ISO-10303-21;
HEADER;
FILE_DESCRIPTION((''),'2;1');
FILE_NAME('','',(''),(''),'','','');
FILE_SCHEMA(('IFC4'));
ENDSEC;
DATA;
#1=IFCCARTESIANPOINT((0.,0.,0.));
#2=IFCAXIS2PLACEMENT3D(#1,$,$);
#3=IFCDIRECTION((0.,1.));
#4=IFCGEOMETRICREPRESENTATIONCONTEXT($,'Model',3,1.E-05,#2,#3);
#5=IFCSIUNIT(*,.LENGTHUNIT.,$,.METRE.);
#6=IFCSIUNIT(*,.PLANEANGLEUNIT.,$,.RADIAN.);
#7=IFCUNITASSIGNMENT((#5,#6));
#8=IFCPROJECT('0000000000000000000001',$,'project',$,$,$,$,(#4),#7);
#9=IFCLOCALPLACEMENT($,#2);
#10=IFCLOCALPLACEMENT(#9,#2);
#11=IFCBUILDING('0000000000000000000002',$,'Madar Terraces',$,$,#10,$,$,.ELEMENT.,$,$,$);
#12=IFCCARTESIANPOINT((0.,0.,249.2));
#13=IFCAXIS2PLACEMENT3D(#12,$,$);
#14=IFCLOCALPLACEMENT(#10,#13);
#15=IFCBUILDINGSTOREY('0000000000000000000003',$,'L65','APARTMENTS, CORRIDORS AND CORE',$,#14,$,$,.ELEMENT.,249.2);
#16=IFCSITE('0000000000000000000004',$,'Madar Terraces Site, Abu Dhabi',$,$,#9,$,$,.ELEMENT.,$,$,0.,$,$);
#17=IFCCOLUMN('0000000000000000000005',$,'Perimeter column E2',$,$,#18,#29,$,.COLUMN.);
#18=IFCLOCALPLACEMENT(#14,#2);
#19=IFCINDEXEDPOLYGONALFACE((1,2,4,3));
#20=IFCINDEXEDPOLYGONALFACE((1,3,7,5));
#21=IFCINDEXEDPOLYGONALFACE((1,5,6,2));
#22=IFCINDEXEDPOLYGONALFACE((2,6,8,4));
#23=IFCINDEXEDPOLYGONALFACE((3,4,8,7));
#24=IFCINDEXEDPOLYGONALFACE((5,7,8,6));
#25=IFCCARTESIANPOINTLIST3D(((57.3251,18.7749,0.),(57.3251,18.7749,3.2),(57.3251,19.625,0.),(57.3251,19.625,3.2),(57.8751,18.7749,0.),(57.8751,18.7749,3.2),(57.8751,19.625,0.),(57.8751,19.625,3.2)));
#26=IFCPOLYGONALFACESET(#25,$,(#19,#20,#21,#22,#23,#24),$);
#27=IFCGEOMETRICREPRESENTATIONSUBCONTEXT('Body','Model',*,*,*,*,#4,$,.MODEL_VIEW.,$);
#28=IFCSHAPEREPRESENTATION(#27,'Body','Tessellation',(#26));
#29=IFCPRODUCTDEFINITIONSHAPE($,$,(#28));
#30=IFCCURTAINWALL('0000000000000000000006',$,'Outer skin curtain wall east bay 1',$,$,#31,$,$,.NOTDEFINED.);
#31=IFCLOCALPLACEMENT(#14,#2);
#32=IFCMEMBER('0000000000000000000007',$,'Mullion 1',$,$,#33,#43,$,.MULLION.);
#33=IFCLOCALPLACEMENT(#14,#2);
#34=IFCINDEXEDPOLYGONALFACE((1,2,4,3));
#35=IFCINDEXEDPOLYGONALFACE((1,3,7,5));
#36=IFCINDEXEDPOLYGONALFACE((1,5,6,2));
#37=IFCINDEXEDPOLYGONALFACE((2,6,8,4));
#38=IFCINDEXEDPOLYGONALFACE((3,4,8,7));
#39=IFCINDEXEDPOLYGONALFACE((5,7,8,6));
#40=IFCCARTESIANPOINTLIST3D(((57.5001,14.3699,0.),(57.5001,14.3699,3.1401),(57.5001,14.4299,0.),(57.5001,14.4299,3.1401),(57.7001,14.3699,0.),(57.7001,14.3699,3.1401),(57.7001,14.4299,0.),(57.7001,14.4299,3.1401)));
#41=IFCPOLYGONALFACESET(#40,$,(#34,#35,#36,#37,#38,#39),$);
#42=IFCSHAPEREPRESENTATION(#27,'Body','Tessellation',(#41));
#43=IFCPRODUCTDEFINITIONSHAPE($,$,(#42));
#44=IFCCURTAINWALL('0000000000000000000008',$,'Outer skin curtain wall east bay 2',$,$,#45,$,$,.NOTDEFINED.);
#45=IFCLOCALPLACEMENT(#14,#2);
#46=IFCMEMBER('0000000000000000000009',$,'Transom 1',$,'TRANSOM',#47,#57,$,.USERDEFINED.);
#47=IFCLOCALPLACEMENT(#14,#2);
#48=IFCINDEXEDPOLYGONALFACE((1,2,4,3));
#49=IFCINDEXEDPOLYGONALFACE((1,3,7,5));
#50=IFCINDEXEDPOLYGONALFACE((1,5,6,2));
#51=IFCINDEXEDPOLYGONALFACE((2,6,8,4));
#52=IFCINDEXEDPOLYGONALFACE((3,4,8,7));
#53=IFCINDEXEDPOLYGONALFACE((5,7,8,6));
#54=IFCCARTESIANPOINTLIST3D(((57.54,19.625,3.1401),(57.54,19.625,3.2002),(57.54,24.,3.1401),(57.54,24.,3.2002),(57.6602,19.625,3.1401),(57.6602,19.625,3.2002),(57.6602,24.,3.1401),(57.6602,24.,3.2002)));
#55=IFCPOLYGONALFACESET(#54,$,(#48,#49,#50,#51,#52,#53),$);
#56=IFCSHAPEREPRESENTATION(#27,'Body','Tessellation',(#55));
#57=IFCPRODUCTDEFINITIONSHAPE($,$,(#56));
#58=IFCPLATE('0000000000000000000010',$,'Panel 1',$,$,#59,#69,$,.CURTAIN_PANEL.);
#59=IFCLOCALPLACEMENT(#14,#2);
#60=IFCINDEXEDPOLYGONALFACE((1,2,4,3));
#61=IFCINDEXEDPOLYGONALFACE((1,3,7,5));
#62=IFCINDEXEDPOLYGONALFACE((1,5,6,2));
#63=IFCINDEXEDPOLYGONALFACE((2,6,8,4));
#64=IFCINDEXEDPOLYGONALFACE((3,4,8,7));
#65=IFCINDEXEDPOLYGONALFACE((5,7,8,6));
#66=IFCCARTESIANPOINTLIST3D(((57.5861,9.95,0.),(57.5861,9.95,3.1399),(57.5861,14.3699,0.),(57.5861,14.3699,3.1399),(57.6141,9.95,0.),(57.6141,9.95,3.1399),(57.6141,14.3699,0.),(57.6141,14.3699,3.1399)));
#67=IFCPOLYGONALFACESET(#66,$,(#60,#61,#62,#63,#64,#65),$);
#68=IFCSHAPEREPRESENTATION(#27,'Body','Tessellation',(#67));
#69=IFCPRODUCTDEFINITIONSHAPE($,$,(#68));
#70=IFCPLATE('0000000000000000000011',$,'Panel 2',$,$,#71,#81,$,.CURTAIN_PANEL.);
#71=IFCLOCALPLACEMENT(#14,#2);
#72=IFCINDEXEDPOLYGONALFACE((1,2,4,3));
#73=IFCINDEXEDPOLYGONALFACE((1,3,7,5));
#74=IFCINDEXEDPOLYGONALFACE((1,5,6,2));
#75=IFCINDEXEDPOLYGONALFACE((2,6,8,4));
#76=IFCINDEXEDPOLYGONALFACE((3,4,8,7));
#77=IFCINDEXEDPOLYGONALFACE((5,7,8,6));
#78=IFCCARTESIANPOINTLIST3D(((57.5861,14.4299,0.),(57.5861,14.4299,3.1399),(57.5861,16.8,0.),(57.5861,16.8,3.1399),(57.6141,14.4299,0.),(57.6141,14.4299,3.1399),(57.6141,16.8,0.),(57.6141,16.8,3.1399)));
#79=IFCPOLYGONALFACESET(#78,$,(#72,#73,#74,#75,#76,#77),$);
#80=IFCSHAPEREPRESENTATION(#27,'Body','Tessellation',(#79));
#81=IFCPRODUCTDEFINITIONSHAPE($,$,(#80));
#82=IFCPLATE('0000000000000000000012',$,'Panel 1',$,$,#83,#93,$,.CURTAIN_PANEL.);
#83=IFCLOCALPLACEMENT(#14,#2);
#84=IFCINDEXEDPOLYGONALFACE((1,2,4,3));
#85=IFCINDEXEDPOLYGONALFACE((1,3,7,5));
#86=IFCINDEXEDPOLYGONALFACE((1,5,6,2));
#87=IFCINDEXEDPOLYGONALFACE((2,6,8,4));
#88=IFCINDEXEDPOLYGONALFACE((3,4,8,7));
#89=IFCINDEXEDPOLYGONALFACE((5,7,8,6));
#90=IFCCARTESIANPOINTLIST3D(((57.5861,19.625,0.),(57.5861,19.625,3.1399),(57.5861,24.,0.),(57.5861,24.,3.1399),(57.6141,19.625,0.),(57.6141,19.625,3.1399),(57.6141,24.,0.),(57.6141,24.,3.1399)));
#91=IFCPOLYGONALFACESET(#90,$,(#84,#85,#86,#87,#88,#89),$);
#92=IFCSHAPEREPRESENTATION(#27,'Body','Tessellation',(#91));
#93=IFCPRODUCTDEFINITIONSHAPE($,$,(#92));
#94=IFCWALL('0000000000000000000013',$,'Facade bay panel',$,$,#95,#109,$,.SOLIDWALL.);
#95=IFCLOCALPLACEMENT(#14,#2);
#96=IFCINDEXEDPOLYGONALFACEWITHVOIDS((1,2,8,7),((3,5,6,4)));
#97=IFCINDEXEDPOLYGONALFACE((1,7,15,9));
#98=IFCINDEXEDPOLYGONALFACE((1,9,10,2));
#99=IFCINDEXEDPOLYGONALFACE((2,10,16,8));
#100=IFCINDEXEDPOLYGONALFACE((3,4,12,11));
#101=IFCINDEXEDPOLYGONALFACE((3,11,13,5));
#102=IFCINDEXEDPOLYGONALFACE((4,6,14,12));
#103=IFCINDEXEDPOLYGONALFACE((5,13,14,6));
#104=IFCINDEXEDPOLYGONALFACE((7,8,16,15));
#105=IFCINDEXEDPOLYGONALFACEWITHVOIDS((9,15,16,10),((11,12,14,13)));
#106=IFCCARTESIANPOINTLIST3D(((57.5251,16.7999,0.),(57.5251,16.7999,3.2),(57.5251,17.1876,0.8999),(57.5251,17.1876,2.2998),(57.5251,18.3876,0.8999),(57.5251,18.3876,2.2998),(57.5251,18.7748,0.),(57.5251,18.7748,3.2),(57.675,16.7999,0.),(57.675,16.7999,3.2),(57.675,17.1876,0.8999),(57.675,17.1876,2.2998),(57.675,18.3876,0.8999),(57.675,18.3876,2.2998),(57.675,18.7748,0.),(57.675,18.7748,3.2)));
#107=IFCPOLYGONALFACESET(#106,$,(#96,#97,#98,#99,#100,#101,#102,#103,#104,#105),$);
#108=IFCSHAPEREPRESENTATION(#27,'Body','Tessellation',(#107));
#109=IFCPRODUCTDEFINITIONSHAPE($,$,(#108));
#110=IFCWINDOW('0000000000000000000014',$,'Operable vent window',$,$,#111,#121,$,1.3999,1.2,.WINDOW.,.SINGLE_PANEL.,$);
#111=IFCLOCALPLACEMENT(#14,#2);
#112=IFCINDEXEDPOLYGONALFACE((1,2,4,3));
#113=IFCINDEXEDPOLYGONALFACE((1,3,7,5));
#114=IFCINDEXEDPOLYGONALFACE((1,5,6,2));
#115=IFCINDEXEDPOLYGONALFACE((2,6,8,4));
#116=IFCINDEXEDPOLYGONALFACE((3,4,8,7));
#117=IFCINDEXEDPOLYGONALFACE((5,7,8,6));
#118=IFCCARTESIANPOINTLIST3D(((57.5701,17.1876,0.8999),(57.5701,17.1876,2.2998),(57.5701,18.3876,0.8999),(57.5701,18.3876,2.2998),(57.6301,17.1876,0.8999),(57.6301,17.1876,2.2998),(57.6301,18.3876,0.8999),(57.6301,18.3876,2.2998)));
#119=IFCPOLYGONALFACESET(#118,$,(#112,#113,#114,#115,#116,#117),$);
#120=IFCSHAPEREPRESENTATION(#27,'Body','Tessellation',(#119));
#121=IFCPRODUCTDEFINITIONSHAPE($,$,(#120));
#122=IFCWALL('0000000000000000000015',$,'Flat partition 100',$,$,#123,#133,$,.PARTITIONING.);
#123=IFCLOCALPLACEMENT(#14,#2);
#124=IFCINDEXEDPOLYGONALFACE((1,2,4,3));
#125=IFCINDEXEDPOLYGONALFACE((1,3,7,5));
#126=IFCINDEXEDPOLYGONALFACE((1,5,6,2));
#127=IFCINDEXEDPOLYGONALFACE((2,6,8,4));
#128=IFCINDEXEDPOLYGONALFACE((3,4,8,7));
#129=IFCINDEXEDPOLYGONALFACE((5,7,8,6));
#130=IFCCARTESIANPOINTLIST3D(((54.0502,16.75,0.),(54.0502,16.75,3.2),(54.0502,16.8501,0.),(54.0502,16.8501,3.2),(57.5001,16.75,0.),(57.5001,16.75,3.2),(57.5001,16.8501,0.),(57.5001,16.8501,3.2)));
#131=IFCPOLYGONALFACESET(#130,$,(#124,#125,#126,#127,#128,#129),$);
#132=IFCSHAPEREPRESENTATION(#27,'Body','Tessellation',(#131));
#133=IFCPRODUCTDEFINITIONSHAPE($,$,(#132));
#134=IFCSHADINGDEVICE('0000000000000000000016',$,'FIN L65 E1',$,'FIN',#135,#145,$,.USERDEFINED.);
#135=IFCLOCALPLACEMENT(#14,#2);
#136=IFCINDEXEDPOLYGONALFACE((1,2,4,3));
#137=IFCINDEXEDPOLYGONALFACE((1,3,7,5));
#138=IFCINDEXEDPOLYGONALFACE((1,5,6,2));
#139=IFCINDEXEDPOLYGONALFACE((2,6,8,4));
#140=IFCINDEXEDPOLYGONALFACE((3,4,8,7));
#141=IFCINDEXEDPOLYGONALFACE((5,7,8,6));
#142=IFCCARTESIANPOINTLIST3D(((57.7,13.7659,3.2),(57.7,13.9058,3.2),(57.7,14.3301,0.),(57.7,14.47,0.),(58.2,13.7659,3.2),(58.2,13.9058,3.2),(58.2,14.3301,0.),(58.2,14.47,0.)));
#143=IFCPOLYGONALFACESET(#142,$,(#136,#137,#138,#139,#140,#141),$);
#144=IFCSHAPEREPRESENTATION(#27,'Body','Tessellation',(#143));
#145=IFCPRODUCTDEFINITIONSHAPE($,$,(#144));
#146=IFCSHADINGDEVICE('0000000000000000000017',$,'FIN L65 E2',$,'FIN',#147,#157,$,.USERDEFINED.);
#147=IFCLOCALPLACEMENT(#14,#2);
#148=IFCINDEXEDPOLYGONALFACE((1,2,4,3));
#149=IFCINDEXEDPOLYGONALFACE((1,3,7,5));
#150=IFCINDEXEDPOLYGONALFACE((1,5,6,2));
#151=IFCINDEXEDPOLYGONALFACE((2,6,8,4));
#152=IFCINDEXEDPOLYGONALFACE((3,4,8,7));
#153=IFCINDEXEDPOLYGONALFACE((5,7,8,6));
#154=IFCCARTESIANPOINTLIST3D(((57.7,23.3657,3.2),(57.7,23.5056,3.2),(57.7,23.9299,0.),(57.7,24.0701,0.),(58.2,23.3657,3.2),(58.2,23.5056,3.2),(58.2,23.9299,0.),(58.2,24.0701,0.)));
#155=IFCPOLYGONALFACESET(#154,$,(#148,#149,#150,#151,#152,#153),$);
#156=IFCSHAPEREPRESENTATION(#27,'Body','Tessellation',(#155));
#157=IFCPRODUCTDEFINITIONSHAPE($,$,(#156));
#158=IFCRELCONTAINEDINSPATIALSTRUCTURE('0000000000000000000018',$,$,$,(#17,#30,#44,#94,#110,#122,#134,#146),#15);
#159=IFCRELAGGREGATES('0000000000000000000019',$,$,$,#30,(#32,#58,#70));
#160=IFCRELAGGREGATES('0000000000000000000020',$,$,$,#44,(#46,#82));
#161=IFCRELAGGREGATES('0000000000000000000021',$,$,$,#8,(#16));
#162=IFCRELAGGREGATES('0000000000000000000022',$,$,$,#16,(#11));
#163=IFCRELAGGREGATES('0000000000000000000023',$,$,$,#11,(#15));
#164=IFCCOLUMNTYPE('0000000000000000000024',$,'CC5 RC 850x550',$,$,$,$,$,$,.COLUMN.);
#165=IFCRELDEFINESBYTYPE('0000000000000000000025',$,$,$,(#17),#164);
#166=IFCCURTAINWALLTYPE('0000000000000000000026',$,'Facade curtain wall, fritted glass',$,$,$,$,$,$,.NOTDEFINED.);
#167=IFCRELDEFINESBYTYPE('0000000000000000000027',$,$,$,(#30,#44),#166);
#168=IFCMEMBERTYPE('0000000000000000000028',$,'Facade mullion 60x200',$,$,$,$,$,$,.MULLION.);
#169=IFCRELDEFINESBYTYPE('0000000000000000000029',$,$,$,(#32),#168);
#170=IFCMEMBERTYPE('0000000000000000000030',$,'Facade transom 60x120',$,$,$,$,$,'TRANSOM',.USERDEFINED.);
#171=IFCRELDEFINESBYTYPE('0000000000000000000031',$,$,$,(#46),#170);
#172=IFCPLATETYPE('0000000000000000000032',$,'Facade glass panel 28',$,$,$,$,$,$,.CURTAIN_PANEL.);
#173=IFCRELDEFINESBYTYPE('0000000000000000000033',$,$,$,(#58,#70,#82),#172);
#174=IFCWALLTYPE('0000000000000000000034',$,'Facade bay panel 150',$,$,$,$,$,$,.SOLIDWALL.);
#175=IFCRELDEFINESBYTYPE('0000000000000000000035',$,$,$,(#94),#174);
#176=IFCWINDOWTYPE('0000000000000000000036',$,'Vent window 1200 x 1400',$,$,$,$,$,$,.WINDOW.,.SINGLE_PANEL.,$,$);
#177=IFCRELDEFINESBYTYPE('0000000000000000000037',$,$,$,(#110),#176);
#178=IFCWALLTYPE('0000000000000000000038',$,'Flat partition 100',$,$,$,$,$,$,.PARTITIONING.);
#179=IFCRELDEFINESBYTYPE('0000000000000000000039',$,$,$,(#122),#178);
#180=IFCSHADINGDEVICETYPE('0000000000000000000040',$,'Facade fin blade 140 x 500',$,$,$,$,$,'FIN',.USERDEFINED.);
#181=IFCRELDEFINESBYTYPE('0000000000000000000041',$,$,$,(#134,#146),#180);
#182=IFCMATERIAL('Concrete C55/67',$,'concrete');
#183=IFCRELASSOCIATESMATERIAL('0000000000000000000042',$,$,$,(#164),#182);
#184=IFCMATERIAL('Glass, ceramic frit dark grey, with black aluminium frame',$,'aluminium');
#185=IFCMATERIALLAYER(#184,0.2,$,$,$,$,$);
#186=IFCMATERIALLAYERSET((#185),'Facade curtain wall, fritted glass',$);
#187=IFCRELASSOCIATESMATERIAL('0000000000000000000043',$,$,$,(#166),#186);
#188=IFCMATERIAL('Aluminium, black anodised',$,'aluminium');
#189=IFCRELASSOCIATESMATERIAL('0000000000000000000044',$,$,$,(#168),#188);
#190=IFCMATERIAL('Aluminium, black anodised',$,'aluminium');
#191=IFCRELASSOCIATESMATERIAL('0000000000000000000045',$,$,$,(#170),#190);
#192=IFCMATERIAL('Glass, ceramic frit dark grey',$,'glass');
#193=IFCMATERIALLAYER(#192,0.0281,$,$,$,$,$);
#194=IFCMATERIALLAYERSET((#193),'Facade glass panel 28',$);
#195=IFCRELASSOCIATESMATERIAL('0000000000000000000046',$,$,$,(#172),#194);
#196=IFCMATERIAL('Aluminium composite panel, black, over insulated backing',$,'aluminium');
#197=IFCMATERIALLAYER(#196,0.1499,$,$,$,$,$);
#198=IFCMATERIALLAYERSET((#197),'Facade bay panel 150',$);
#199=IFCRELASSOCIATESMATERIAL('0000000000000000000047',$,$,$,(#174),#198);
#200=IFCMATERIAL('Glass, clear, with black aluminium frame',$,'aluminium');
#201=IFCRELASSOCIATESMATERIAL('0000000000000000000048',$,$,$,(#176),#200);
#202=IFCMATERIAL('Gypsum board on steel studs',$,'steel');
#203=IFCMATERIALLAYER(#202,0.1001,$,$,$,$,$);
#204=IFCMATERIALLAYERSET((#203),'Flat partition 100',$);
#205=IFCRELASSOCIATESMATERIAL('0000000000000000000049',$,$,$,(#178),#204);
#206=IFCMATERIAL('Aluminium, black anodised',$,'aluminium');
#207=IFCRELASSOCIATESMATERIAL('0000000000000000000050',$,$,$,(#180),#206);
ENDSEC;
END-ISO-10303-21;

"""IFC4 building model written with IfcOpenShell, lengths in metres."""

from ifc_helpers import new_model, si_unit, direction, frame, frame_2d, origin, origin_2d, place, context, subcontext, project, spatial, polyline, rectangle, outline, extrude, material, layer, layer_set, material_profile, profile_set, type_object, element, fill, aggregate, save


model = new_model("IFC4")

# Units and contexts
model_context = context("Model", 3, precision=1e-05, world=origin(), true_north=direction((0.0, 1.0)))
body_context = subcontext(model_context, "Body", "Model", "MODEL_VIEW")
ifc_project = project(units=[si_unit("LENGTHUNIT", "METRE"), si_unit("PLANEANGLEUNIT", "RADIAN")], contexts=[model_context])

# Site, building, storey
site_placement = place(None, origin())
site = spatial("IfcSite", under=ifc_project, at=site_placement, Name="Madar Terraces Site, Abu Dhabi", CompositionType="ELEMENT", RefElevation=0.0)
building_placement = place(site_placement, origin())
building = spatial("IfcBuilding", under=site, at=building_placement, Name="Madar Terraces", CompositionType="ELEMENT")
storey_placement = place(building_placement, frame((0.0, 0.0, 249.2)))
storey = spatial("IfcBuildingStorey", under=building, at=storey_placement, Name="L65", Description="APARTMENTS, CORRIDORS AND CORE", CompositionType="ELEMENT", Elevation=249.2)

# Column
ifc_material_1 = material(Name="Concrete C55/67", Category="concrete")
ifc_material_profile_1 = material_profile(ifc_material_1, rectangle(XDim=0.8501, YDim=0.55, at=origin_2d()), Name="CC5 RC 850x550")
ifc_profile_set_1 = profile_set([ifc_material_profile_1], Name="Concrete C55/67")
column_type = type_object("IfcColumnType", Name="CC5 RC 850x550", PredefinedType="COLUMN", material=ifc_profile_set_1)
column_placement = place(storey_placement, frame((57.6001, 19.2, 0.0), z_axis=(0.0, 0.0, 1.0), x_axis=(0.0, 1.0, 0.0)))
element("IfcColumn", 1, at=column_placement, inside=storey, type_object=column_type, Name="Perimeter column E2", PredefinedType="COLUMN", context=body_context, shape_type="SweptSolid", body=[
    extrude(rectangle(XDim=0.8501, YDim=0.55, at=origin_2d()), origin(), (0.0, 0.0, 1.0), 3.2),
])

# Curtain walls, members
ifc_material_2 = material(Name="Glass, ceramic frit dark grey, with black aluminium frame", Category="aluminium")
ifc_layer_1 = layer(ifc_material_2, 0.2)
ifc_layer_set_1 = layer_set([ifc_layer_1], Name="Facade curtain wall, fritted glass")
curtain_wall_type = type_object("IfcCurtainWallType", Name="Facade curtain wall, fritted glass", PredefinedType="NOTDEFINED", material=ifc_layer_set_1)
curtain_wall_1_placement = place(storey_placement, origin())
curtain_wall_1 = element("IfcCurtainWall", 2, at=curtain_wall_1_placement, inside=storey, type_object=curtain_wall_type, Name="Outer skin curtain wall east bay 1", PredefinedType="NOTDEFINED")
ifc_material_3 = material(Name="Aluminium, black anodised", Category="aluminium")
ifc_material_profile_2 = material_profile(ifc_material_3, rectangle(XDim=0.2, YDim=0.0601, at=origin_2d()), Name="Facade mullion 60x200")
ifc_profile_set_2 = profile_set([ifc_material_profile_2], Name="Aluminium, black anodised")
member_type_1 = type_object("IfcMemberType", Name="Facade mullion 60x200", PredefinedType="MULLION", material=ifc_profile_set_2)
member_1_placement = place(storey_placement, frame((57.6001, 14.3999, 0.0), z_axis=(0.0, 0.0, 1.0), x_axis=(-1.0, 0.0, 0.0)))
member_1 = element("IfcMember", 3, at=member_1_placement, type_object=member_type_1, Name="Mullion 1", PredefinedType="MULLION", context=body_context, shape_type="SweptSolid", body=[
    extrude(rectangle(XDim=0.2, YDim=0.0601, at=origin_2d()), origin(), (0.0, 0.0, 1.0), 3.1401),
])
curtain_wall_2_placement = place(storey_placement, origin())
curtain_wall_2 = element("IfcCurtainWall", 4, at=curtain_wall_2_placement, inside=storey, type_object=curtain_wall_type, Name="Outer skin curtain wall east bay 2", PredefinedType="NOTDEFINED")
ifc_material_4 = material(Name="Aluminium, black anodised", Category="aluminium")
ifc_material_profile_3 = material_profile(ifc_material_4, rectangle(XDim=0.1201, YDim=0.0601, at=origin_2d()), Name="Facade transom 60x120")
ifc_profile_set_3 = profile_set([ifc_material_profile_3], Name="Aluminium, black anodised")
member_type_2 = type_object("IfcMemberType", Name="Facade transom 60x120", ElementType="TRANSOM", PredefinedType="USERDEFINED", material=ifc_profile_set_3)
member_2_placement = place(storey_placement, frame((57.6001, 19.625, 3.1702), z_axis=(0.0, 1.0, 0.0), x_axis=(-1.0, 0.0, 0.0)))
member_2 = element("IfcMember", 5, at=member_2_placement, type_object=member_type_2, Name="Transom 1", ObjectType="TRANSOM", PredefinedType="USERDEFINED", context=body_context, shape_type="SweptSolid", body=[
    extrude(rectangle(XDim=0.1201, YDim=0.0601, at=origin_2d()), origin(), (0.0, 0.0, 1.0), 4.375),
])

# Plates
ifc_material_5 = material(Name="Glass, ceramic frit dark grey", Category="glass")
ifc_layer_2 = layer(ifc_material_5, 0.0281)
ifc_layer_set_2 = layer_set([ifc_layer_2], Name="Facade glass panel 28")
plate_type = type_object("IfcPlateType", Name="Facade glass panel 28", PredefinedType="CURTAIN_PANEL", material=ifc_layer_set_2)
plate_1_placement = place(storey_placement, frame((57.6001, 12.1599, 0.0), z_axis=(0.0, 0.0, 1.0), x_axis=(0.0, 1.0, 0.0)))
plate_1 = element("IfcPlate", 6, at=plate_1_placement, type_object=plate_type, Name="Panel 1", PredefinedType="CURTAIN_PANEL", context=body_context, shape_type="SweptSolid", body=[
    extrude(rectangle(XDim=4.4199, YDim=0.0281, at=origin_2d()), origin(), (0.0, 0.0, 1.0), 3.1399),
])
plate_2_placement = place(storey_placement, frame((57.6001, 15.615, 0.0), z_axis=(0.0, 0.0, 1.0), x_axis=(0.0, 1.0, 0.0)))
plate_2 = element("IfcPlate", 7, at=plate_2_placement, type_object=plate_type, Name="Panel 2", PredefinedType="CURTAIN_PANEL", context=body_context, shape_type="SweptSolid", body=[
    extrude(rectangle(XDim=2.3701, YDim=0.0281, at=origin_2d()), origin(), (0.0, 0.0, 1.0), 3.1399),
])
aggregate(curtain_wall_1, [member_1, plate_1, plate_2])
plate_3_placement = place(storey_placement, frame((57.6001, 21.8125, 0.0), z_axis=(0.0, 0.0, 1.0), x_axis=(0.0, 1.0, 0.0)))
plate_3 = element("IfcPlate", 8, at=plate_3_placement, type_object=plate_type, Name="Panel 1", PredefinedType="CURTAIN_PANEL", context=body_context, shape_type="SweptSolid", body=[
    extrude(rectangle(XDim=4.375, YDim=0.0281, at=origin_2d()), origin(), (0.0, 0.0, 1.0), 3.1399),
])
aggregate(curtain_wall_2, [member_2, plate_3])

# Wall, opening, window
ifc_material_6 = material(Name="Aluminium composite panel, black, over insulated backing", Category="aluminium")
ifc_layer_3 = layer(ifc_material_6, 0.1499)
ifc_layer_set_3 = layer_set([ifc_layer_3], Name="Facade bay panel 150")
wall_type_1 = type_object("IfcWallType", Name="Facade bay panel 150", PredefinedType="SOLIDWALL", material=ifc_layer_set_3)
wall_1_placement = place(storey_placement, frame((57.6001, 16.8, 0.0), z_axis=(0.0, 0.0, 1.0), x_axis=(0.0, 1.0, 0.0)))
wall_1 = element("IfcWall", 9, at=wall_1_placement, inside=storey, type_object=wall_type_1, Name="Facade bay panel", PredefinedType="SOLIDWALL", context=body_context, shape_type="SweptSolid", body=[
    extrude(rectangle(XDim=1.9749, YDim=0.1499, at=frame_2d((0.9873, 0.0))), origin(), (0.0, 0.0, 1.0), 3.2),
])
opening_1_placement = place(wall_1_placement, frame((0.3875, 0.0, 0.8999)))
opening_1 = element("IfcOpeningElement", 10, at=opening_1_placement, cuts=wall_1, PredefinedType="OPENING", context=body_context, shape_type="SweptSolid", body=[
    extrude(rectangle(XDim=1.2, YDim=1.3999, at=frame_2d((0.6001, 0.7))), frame((0.0, 0.085, 0.0), z_axis=(0.0, -1.0, 0.0), x_axis=(1.0, 0.0, 0.0)), (0.0, 0.0, 1.0), 0.1699),
])
ifc_material_7 = material(Name="Glass, clear, with black aluminium frame", Category="aluminium")
window_type = type_object("IfcWindowType", Name="Vent window 1200 x 1400", PartitioningType="SINGLE_PANEL", PredefinedType="WINDOW", material=ifc_material_7)
window_1_placement = place(opening_1_placement, origin())
window_1 = element("IfcWindow", 11, at=window_1_placement, inside=storey, type_object=window_type, Name="Operable vent window", OverallHeight=1.3999, OverallWidth=1.2, PartitioningType="SINGLE_PANEL", PredefinedType="WINDOW", context=body_context, shape_type="SweptSolid", body=[
    extrude(rectangle(XDim=1.2, YDim=1.3999, at=frame_2d((0.6001, 0.7))), frame((0.0, 0.03, 0.0), z_axis=(0.0, -1.0, 0.0), x_axis=(1.0, 0.0, 0.0)), (0.0, 0.0, 1.0), 0.0601),
])
fill(opening_1, window_1)

# Wall
ifc_material_8 = material(Name="Gypsum board on steel studs", Category="steel")
ifc_layer_4 = layer(ifc_material_8, 0.1001)
ifc_layer_set_4 = layer_set([ifc_layer_4], Name="Flat partition 100")
wall_type_2 = type_object("IfcWallType", Name="Flat partition 100", PredefinedType="PARTITIONING", material=ifc_layer_set_4)
wall_2_placement = place(storey_placement, frame((54.05, 16.8, 0.0), z_axis=(0.0, 0.0, 1.0), x_axis=(1.0, 0.0, 0.0)))
element("IfcWall", 12, at=wall_2_placement, inside=storey, type_object=wall_type_2, Name="Flat partition 100", PredefinedType="PARTITIONING", context=body_context, shape_type="SweptSolid", body=[
    extrude(rectangle(XDim=3.45, YDim=0.1001, at=frame_2d((1.7251, 0.0))), origin(), (0.0, 0.0, 1.0), 3.2),
])

# Shading devices
ifc_material_9 = material(Name="Aluminium, black anodised", Category="aluminium")
shading_device_type = type_object("IfcShadingDeviceType", Name="Facade fin blade 140 x 500", ElementType="FIN", PredefinedType="USERDEFINED", material=ifc_material_9)
shading_device_1_placement = place(storey_placement, frame((57.95, 14.3301, 0.0), z_axis=(0.0, 0.0, 1.0), x_axis=(0.0, 1.0, 0.0)))
element("IfcShadingDevice", 13, at=shading_device_1_placement, inside=storey, type_object=shading_device_type, Name="FIN L65 E1", ObjectType="FIN", PredefinedType="USERDEFINED", context=body_context, shape_type="SweptSolid", body=[
    extrude(outline(polyline([(0.0, 0.0), (0.1399, 0.0), (-0.4243, 3.2), (-0.5642, 3.2), (0.0, 0.0)])), frame((0.0, 0.25, 0.0), z_axis=(0.0, -1.0, 0.0), x_axis=(1.0, 0.0, 0.0)), (0.0, 0.0, 1.0), 0.5),
])
shading_device_2_placement = place(storey_placement, frame((57.95, 23.9299, 0.0), z_axis=(0.0, 0.0, 1.0), x_axis=(0.0, 1.0, 0.0)))
element("IfcShadingDevice", 14, at=shading_device_2_placement, inside=storey, type_object=shading_device_type, Name="FIN L65 E2", ObjectType="FIN", PredefinedType="USERDEFINED", context=body_context, shape_type="SweptSolid", body=[
    extrude(outline(polyline([(0.0, 0.0), (0.1401, 0.0), (-0.4243, 3.2), (-0.5642, 3.2), (0.0, 0.0)])), frame((0.0, 0.25, 0.0), z_axis=(0.0, -1.0, 0.0), x_axis=(1.0, 0.0, 0.0)), (0.0, 0.0, 1.0), 0.5),
])

save(model, "model.ifc")
